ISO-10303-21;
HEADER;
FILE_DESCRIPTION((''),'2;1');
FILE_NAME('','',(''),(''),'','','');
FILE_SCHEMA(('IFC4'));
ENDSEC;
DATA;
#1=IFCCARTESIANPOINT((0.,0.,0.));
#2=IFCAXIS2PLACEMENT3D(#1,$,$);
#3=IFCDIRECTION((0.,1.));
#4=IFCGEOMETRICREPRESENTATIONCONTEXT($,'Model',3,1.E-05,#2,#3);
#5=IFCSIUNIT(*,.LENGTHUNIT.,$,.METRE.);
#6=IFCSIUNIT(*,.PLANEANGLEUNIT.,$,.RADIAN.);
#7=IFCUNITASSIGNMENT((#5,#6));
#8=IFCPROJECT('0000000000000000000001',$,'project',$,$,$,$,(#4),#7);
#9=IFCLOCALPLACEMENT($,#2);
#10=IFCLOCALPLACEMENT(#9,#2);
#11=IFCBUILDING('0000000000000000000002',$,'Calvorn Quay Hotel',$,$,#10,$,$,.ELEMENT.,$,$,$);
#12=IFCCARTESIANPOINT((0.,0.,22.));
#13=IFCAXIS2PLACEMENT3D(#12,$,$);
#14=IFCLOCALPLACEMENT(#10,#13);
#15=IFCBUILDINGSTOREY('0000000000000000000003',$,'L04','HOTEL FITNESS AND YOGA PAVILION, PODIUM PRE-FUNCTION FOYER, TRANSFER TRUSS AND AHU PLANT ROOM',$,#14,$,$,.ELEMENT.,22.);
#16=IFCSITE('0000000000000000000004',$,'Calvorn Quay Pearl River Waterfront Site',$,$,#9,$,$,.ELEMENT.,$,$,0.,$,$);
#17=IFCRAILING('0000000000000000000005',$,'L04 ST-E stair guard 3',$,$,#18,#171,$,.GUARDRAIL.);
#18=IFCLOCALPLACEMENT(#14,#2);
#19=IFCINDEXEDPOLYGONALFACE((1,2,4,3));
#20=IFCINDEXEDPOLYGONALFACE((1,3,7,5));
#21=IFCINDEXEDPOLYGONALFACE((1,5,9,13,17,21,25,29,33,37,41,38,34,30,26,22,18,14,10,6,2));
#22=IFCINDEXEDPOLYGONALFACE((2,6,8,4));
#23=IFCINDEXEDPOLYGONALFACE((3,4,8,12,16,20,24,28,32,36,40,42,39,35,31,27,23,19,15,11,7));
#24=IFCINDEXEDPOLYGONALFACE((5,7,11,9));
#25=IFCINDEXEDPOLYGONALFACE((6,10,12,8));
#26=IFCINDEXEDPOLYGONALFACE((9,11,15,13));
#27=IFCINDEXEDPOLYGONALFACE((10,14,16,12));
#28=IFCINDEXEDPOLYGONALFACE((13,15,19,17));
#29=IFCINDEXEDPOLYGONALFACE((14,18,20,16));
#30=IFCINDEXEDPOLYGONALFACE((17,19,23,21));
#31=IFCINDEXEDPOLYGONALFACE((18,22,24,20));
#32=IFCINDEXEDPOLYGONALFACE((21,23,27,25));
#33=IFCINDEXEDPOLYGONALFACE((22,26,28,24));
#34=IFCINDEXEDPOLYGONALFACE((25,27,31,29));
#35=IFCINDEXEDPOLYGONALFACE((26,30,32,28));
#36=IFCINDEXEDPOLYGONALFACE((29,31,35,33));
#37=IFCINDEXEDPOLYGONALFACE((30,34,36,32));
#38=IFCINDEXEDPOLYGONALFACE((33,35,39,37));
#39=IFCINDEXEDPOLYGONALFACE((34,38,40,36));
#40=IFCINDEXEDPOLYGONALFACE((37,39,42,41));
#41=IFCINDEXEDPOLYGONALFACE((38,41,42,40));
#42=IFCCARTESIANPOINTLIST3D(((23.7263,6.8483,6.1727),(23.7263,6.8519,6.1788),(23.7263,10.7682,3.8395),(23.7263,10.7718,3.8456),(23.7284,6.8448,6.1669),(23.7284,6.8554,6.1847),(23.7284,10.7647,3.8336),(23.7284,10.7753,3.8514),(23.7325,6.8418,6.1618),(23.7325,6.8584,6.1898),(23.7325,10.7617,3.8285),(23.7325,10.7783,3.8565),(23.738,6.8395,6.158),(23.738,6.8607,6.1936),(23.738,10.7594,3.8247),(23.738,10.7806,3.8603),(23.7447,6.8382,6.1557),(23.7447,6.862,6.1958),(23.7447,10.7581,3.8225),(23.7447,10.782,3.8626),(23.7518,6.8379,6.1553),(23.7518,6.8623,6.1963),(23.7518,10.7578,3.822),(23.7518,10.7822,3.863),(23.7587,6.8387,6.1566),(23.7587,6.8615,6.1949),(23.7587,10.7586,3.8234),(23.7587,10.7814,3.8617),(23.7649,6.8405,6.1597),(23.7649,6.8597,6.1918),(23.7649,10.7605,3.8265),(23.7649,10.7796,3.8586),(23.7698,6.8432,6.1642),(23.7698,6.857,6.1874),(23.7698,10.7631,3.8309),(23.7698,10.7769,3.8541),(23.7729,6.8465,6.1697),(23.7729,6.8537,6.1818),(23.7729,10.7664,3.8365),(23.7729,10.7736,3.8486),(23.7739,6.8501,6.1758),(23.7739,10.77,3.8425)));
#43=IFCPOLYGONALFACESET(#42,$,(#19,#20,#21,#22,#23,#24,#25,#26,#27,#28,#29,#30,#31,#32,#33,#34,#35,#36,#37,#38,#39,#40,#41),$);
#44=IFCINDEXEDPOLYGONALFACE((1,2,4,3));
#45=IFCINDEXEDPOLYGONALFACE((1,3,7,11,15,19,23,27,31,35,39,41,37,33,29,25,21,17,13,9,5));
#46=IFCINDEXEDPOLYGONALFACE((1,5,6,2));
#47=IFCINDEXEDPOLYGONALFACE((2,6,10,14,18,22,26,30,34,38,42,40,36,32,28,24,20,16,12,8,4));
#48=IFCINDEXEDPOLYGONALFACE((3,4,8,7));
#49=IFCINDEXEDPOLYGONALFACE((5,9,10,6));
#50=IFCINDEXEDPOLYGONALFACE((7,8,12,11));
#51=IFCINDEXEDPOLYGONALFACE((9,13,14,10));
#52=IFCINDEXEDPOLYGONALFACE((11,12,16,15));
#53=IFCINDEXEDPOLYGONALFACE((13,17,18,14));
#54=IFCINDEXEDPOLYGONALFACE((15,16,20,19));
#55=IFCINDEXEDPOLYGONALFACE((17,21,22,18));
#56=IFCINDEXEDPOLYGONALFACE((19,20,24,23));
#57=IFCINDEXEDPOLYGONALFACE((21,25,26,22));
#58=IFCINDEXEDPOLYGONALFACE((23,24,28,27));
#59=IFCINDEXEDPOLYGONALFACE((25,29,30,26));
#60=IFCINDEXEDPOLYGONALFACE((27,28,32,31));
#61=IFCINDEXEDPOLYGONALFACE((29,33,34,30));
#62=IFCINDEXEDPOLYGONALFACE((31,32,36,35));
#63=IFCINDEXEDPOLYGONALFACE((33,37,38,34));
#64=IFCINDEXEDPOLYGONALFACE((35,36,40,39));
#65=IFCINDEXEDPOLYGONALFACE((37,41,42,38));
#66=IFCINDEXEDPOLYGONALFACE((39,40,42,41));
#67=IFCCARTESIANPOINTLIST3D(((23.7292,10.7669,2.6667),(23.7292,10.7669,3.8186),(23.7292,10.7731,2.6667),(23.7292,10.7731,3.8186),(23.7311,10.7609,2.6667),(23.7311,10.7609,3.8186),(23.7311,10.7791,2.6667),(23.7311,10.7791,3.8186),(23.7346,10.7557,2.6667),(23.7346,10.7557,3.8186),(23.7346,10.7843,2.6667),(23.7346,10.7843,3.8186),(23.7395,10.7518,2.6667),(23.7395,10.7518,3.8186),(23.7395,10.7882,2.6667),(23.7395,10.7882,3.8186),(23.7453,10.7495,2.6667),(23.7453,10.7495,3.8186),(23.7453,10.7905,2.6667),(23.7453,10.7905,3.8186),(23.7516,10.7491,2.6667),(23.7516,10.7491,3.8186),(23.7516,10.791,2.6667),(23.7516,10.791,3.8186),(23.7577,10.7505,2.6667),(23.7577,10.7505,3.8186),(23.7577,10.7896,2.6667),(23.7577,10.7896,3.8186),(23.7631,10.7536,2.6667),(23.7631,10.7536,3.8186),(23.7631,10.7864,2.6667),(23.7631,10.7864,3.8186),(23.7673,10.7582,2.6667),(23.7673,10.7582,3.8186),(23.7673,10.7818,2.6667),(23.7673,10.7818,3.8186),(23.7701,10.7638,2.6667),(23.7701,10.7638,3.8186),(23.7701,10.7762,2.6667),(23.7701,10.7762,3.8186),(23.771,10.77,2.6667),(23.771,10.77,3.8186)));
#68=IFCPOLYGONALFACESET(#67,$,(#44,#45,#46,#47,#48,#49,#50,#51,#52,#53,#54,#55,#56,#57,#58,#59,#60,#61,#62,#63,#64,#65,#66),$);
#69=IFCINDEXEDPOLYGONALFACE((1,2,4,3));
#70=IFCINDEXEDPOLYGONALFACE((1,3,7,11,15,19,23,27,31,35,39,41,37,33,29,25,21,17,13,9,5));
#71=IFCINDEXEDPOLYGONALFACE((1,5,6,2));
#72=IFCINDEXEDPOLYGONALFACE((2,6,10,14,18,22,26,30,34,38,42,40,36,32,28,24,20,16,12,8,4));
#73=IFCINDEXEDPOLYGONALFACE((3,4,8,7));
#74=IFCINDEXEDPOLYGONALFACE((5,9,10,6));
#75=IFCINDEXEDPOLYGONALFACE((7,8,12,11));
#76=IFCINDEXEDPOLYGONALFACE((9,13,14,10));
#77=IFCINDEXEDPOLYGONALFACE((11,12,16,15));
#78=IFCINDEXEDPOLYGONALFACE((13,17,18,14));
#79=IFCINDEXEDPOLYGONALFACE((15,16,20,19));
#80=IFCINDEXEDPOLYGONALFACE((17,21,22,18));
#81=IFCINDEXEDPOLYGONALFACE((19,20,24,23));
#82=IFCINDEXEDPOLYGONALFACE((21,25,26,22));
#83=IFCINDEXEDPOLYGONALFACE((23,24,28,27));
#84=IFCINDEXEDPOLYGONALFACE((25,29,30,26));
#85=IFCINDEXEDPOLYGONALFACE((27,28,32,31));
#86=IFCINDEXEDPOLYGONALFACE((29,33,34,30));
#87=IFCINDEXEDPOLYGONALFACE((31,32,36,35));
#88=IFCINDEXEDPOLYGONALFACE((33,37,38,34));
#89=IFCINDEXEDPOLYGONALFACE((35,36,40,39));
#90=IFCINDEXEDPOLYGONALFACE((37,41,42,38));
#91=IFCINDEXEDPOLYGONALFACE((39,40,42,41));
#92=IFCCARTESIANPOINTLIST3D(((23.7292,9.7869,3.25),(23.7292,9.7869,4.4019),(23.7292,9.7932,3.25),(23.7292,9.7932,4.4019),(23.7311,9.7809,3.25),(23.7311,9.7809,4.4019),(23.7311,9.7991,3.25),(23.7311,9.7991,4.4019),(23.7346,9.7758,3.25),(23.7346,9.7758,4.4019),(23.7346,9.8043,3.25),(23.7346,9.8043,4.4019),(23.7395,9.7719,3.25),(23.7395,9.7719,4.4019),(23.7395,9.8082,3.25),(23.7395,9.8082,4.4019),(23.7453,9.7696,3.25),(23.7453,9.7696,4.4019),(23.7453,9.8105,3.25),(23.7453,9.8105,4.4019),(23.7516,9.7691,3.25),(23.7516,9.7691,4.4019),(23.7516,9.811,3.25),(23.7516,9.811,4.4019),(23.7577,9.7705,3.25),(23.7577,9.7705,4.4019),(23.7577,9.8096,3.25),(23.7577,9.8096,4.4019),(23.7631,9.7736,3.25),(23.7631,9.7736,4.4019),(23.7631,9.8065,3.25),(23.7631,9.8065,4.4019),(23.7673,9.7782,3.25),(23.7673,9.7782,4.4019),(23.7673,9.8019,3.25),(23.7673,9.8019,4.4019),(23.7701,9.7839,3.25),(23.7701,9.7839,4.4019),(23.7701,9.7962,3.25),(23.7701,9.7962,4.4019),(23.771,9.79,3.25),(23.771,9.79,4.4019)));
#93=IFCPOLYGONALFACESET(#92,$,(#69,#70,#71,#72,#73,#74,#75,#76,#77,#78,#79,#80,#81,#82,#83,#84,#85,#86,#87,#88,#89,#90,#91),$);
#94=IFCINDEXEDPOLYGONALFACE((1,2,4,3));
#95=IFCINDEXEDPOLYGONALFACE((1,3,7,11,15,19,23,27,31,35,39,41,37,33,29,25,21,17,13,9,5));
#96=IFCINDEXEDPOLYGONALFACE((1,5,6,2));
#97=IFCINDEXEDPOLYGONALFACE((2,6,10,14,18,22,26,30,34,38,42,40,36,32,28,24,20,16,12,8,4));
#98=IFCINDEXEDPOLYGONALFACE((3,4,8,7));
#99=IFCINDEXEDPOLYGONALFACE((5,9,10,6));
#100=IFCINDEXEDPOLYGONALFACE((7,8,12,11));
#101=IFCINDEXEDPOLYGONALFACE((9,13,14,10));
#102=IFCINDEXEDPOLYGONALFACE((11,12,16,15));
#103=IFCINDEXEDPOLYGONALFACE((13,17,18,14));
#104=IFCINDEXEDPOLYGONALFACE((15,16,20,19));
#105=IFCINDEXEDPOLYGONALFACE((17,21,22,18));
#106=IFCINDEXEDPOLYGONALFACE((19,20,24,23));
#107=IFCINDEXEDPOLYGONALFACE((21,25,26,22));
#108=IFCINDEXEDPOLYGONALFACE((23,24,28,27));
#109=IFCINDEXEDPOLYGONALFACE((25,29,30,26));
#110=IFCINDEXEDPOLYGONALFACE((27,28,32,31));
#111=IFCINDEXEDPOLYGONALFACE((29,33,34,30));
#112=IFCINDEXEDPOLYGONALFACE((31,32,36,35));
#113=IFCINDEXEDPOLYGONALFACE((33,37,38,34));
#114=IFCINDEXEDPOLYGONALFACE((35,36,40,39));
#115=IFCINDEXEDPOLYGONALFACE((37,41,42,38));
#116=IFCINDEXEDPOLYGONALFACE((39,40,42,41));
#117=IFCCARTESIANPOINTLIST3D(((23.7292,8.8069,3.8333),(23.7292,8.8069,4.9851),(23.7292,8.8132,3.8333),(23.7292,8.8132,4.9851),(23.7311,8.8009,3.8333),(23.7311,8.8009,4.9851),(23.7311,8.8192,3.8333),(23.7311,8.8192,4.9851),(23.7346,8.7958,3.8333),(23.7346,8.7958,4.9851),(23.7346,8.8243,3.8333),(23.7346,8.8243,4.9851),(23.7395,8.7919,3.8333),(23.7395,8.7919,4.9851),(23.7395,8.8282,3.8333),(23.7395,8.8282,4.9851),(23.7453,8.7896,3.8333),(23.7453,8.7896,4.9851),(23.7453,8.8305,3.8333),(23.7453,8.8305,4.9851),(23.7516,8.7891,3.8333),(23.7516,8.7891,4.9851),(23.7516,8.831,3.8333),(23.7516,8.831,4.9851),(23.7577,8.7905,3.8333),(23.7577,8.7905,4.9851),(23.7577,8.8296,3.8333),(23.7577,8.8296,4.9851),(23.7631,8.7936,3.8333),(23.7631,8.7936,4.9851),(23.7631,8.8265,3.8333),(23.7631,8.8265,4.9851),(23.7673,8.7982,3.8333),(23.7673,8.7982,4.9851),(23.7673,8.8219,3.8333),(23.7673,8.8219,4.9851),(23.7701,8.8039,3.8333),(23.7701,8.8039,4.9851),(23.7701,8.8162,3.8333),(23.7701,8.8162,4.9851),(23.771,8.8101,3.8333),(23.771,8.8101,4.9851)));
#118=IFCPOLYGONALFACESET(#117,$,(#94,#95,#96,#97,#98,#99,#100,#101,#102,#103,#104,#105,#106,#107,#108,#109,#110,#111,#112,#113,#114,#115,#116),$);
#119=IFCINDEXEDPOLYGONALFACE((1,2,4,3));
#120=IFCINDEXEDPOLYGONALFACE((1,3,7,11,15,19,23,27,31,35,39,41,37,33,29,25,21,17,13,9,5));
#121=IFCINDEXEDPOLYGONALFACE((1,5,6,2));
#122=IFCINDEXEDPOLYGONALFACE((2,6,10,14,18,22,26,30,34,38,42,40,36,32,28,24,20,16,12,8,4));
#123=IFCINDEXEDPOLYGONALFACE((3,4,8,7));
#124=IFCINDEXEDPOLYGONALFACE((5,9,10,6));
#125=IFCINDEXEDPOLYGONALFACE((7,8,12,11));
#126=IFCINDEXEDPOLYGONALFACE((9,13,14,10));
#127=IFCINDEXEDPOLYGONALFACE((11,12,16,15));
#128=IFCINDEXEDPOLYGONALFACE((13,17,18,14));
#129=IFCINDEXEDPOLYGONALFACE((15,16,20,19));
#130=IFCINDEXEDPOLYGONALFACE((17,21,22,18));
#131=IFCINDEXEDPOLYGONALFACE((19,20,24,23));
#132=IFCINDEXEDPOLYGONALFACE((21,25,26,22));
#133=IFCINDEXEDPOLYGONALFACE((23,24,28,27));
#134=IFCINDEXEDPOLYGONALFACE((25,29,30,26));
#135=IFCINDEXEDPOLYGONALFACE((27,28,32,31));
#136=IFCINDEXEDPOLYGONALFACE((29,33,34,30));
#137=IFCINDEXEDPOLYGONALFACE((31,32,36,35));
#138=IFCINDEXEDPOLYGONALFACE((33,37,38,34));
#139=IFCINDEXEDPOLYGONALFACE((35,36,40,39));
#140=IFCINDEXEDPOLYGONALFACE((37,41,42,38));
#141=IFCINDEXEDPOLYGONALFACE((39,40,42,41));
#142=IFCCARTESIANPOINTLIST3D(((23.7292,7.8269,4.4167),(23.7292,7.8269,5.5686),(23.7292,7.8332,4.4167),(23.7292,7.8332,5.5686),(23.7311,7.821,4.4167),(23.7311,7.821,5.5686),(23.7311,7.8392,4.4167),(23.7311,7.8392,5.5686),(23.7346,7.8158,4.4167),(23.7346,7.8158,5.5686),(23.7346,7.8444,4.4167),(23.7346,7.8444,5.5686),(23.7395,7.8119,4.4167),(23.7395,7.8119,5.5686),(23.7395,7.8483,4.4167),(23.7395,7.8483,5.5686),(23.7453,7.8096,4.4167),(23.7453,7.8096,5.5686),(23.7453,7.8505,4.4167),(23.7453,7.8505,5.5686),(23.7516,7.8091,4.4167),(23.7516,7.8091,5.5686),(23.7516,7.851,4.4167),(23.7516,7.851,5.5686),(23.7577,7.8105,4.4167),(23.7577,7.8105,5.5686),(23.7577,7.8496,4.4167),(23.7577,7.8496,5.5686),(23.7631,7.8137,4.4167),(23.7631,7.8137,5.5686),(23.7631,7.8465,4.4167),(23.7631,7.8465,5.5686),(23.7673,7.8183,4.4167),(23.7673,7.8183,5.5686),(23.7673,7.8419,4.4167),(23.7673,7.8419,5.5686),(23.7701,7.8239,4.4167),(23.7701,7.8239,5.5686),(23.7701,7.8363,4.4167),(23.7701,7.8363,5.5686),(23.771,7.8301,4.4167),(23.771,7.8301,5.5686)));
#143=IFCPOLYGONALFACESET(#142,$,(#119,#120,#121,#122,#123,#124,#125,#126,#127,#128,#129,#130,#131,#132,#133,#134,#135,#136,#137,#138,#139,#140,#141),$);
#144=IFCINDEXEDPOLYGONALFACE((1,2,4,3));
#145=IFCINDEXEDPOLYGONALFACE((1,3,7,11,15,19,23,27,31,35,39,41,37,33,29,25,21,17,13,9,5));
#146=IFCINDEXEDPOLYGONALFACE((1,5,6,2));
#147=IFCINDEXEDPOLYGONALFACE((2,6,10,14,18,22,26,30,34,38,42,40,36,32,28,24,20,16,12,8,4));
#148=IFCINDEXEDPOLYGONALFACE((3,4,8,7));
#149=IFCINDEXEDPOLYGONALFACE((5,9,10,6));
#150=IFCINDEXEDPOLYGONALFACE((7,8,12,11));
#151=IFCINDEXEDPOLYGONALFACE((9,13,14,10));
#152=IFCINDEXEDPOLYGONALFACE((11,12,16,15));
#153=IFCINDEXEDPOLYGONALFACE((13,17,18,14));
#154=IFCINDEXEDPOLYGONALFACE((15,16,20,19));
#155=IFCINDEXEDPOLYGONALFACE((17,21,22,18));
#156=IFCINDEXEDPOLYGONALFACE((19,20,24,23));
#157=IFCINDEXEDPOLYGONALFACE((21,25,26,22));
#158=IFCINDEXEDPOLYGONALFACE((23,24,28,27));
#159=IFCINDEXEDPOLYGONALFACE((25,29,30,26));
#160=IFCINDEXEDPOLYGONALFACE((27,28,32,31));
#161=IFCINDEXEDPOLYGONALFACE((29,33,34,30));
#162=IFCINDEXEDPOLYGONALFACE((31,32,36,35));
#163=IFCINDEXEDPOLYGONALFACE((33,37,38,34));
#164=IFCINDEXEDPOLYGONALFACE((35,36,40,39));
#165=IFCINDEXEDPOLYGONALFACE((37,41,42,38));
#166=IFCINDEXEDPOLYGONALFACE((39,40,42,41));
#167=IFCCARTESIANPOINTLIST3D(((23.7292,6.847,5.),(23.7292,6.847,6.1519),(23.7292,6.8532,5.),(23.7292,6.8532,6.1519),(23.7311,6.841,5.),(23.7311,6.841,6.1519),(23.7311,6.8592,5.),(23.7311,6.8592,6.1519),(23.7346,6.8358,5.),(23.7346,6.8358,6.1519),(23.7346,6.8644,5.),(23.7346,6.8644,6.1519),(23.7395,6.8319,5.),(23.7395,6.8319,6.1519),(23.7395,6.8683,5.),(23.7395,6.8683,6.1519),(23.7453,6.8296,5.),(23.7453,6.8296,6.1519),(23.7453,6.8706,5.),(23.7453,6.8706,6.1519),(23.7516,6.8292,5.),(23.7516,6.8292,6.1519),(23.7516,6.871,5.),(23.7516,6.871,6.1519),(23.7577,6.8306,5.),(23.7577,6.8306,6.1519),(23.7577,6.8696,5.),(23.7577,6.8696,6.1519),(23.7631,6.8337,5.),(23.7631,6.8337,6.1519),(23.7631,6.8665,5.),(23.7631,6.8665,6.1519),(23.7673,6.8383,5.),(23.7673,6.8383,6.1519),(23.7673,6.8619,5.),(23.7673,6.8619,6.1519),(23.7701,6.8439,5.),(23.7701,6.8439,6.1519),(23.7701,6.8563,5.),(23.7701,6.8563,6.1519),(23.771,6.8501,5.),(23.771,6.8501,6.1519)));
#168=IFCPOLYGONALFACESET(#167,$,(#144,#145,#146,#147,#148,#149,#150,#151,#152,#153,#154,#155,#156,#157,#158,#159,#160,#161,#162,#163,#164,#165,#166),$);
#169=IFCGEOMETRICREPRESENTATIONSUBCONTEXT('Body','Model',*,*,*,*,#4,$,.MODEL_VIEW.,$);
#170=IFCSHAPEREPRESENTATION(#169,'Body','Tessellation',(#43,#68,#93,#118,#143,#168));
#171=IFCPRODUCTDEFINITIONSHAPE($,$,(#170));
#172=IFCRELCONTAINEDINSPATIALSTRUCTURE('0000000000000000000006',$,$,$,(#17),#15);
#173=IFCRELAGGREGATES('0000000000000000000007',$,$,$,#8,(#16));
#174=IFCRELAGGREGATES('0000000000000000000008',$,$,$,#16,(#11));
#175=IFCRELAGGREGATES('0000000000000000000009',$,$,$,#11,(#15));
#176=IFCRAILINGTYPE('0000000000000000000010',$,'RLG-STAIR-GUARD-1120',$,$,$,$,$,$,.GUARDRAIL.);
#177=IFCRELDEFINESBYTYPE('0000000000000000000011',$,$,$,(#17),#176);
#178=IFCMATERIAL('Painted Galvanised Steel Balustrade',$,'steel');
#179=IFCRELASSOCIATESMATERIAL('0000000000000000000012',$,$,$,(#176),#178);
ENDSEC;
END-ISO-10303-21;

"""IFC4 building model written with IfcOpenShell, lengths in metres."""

from ifc_helpers import new_model, si_unit, direction, frame, origin, origin_2d, place, context, subcontext, project, spatial, circle, extrude, material, type_object, element, save


model = new_model("IFC4")

# Units and contexts
model_context = context("Model", 3, precision=1e-05, world=origin(), true_north=direction((0.0, 1.0)))
body_context = subcontext(model_context, "Body", "Model", "MODEL_VIEW")
ifc_project = project(units=[si_unit("LENGTHUNIT", "METRE"), si_unit("PLANEANGLEUNIT", "RADIAN")], contexts=[model_context])

# Site, building, storey
site_placement = place(None, origin())
site = spatial("IfcSite", under=ifc_project, at=site_placement, Name="Calvorn Quay Pearl River Waterfront Site", CompositionType="ELEMENT", RefElevation=0.0)
building_placement = place(site_placement, origin())
building = spatial("IfcBuilding", under=site, at=building_placement, Name="Calvorn Quay Hotel", CompositionType="ELEMENT")
storey_placement = place(building_placement, frame((0.0, 0.0, 22.0)))
storey = spatial("IfcBuildingStorey", under=building, at=storey_placement, Name="L04", Description="HOTEL FITNESS AND YOGA PAVILION, PODIUM PRE-FUNCTION FOYER, TRANSFER TRUSS AND AHU PLANT ROOM", CompositionType="ELEMENT", Elevation=22.0)

# Railing
ifc_material_1 = material(Name="Painted Galvanised Steel Balustrade", Category="steel")
railing_type_1 = type_object("IfcRailingType", Name="RLG-STAIR-GUARD-1120", PredefinedType="GUARDRAIL", material=ifc_material_1)
railing_1_placement = place(storey_placement, frame((23.75, 10.77, 2.6667)))
element("IfcRailing", 1, at=railing_1_placement, inside=storey, type_object=railing_type_1, Name="L04 ST-E stair guard 3", PredefinedType="GUARDRAIL", context=body_context, shape_type="SweptSolid", body=[
    extrude(circle(Radius=0.0239, at=origin_2d()), frame((0.0, 0.0, 1.1758), z_axis=(0.0, -0.859296, 0.511478), x_axis=(1.0, 0.0, 0.0)), (0.0, 0.0, 1.0), 4.5618),
    extrude(circle(Radius=0.021, at=origin_2d()), origin(), (0.0, 0.0, 1.0), 1.1519),
    extrude(circle(Radius=0.021, at=origin_2d()), frame((0.0, -0.98, 0.5833)), (0.0, 0.0, 1.0), 1.1519),
    extrude(circle(Radius=0.021, at=origin_2d()), frame((0.0, -1.96, 1.1665)), (0.0, 0.0, 1.0), 1.1519),
    extrude(circle(Radius=0.021, at=origin_2d()), frame((0.0, -2.9399, 1.75)), (0.0, 0.0, 1.0), 1.1519),
    extrude(circle(Radius=0.021, at=origin_2d()), frame((0.0, -3.9199, 2.3333)), (0.0, 0.0, 1.0), 1.1519),
])

save(model, "model.ifc")
